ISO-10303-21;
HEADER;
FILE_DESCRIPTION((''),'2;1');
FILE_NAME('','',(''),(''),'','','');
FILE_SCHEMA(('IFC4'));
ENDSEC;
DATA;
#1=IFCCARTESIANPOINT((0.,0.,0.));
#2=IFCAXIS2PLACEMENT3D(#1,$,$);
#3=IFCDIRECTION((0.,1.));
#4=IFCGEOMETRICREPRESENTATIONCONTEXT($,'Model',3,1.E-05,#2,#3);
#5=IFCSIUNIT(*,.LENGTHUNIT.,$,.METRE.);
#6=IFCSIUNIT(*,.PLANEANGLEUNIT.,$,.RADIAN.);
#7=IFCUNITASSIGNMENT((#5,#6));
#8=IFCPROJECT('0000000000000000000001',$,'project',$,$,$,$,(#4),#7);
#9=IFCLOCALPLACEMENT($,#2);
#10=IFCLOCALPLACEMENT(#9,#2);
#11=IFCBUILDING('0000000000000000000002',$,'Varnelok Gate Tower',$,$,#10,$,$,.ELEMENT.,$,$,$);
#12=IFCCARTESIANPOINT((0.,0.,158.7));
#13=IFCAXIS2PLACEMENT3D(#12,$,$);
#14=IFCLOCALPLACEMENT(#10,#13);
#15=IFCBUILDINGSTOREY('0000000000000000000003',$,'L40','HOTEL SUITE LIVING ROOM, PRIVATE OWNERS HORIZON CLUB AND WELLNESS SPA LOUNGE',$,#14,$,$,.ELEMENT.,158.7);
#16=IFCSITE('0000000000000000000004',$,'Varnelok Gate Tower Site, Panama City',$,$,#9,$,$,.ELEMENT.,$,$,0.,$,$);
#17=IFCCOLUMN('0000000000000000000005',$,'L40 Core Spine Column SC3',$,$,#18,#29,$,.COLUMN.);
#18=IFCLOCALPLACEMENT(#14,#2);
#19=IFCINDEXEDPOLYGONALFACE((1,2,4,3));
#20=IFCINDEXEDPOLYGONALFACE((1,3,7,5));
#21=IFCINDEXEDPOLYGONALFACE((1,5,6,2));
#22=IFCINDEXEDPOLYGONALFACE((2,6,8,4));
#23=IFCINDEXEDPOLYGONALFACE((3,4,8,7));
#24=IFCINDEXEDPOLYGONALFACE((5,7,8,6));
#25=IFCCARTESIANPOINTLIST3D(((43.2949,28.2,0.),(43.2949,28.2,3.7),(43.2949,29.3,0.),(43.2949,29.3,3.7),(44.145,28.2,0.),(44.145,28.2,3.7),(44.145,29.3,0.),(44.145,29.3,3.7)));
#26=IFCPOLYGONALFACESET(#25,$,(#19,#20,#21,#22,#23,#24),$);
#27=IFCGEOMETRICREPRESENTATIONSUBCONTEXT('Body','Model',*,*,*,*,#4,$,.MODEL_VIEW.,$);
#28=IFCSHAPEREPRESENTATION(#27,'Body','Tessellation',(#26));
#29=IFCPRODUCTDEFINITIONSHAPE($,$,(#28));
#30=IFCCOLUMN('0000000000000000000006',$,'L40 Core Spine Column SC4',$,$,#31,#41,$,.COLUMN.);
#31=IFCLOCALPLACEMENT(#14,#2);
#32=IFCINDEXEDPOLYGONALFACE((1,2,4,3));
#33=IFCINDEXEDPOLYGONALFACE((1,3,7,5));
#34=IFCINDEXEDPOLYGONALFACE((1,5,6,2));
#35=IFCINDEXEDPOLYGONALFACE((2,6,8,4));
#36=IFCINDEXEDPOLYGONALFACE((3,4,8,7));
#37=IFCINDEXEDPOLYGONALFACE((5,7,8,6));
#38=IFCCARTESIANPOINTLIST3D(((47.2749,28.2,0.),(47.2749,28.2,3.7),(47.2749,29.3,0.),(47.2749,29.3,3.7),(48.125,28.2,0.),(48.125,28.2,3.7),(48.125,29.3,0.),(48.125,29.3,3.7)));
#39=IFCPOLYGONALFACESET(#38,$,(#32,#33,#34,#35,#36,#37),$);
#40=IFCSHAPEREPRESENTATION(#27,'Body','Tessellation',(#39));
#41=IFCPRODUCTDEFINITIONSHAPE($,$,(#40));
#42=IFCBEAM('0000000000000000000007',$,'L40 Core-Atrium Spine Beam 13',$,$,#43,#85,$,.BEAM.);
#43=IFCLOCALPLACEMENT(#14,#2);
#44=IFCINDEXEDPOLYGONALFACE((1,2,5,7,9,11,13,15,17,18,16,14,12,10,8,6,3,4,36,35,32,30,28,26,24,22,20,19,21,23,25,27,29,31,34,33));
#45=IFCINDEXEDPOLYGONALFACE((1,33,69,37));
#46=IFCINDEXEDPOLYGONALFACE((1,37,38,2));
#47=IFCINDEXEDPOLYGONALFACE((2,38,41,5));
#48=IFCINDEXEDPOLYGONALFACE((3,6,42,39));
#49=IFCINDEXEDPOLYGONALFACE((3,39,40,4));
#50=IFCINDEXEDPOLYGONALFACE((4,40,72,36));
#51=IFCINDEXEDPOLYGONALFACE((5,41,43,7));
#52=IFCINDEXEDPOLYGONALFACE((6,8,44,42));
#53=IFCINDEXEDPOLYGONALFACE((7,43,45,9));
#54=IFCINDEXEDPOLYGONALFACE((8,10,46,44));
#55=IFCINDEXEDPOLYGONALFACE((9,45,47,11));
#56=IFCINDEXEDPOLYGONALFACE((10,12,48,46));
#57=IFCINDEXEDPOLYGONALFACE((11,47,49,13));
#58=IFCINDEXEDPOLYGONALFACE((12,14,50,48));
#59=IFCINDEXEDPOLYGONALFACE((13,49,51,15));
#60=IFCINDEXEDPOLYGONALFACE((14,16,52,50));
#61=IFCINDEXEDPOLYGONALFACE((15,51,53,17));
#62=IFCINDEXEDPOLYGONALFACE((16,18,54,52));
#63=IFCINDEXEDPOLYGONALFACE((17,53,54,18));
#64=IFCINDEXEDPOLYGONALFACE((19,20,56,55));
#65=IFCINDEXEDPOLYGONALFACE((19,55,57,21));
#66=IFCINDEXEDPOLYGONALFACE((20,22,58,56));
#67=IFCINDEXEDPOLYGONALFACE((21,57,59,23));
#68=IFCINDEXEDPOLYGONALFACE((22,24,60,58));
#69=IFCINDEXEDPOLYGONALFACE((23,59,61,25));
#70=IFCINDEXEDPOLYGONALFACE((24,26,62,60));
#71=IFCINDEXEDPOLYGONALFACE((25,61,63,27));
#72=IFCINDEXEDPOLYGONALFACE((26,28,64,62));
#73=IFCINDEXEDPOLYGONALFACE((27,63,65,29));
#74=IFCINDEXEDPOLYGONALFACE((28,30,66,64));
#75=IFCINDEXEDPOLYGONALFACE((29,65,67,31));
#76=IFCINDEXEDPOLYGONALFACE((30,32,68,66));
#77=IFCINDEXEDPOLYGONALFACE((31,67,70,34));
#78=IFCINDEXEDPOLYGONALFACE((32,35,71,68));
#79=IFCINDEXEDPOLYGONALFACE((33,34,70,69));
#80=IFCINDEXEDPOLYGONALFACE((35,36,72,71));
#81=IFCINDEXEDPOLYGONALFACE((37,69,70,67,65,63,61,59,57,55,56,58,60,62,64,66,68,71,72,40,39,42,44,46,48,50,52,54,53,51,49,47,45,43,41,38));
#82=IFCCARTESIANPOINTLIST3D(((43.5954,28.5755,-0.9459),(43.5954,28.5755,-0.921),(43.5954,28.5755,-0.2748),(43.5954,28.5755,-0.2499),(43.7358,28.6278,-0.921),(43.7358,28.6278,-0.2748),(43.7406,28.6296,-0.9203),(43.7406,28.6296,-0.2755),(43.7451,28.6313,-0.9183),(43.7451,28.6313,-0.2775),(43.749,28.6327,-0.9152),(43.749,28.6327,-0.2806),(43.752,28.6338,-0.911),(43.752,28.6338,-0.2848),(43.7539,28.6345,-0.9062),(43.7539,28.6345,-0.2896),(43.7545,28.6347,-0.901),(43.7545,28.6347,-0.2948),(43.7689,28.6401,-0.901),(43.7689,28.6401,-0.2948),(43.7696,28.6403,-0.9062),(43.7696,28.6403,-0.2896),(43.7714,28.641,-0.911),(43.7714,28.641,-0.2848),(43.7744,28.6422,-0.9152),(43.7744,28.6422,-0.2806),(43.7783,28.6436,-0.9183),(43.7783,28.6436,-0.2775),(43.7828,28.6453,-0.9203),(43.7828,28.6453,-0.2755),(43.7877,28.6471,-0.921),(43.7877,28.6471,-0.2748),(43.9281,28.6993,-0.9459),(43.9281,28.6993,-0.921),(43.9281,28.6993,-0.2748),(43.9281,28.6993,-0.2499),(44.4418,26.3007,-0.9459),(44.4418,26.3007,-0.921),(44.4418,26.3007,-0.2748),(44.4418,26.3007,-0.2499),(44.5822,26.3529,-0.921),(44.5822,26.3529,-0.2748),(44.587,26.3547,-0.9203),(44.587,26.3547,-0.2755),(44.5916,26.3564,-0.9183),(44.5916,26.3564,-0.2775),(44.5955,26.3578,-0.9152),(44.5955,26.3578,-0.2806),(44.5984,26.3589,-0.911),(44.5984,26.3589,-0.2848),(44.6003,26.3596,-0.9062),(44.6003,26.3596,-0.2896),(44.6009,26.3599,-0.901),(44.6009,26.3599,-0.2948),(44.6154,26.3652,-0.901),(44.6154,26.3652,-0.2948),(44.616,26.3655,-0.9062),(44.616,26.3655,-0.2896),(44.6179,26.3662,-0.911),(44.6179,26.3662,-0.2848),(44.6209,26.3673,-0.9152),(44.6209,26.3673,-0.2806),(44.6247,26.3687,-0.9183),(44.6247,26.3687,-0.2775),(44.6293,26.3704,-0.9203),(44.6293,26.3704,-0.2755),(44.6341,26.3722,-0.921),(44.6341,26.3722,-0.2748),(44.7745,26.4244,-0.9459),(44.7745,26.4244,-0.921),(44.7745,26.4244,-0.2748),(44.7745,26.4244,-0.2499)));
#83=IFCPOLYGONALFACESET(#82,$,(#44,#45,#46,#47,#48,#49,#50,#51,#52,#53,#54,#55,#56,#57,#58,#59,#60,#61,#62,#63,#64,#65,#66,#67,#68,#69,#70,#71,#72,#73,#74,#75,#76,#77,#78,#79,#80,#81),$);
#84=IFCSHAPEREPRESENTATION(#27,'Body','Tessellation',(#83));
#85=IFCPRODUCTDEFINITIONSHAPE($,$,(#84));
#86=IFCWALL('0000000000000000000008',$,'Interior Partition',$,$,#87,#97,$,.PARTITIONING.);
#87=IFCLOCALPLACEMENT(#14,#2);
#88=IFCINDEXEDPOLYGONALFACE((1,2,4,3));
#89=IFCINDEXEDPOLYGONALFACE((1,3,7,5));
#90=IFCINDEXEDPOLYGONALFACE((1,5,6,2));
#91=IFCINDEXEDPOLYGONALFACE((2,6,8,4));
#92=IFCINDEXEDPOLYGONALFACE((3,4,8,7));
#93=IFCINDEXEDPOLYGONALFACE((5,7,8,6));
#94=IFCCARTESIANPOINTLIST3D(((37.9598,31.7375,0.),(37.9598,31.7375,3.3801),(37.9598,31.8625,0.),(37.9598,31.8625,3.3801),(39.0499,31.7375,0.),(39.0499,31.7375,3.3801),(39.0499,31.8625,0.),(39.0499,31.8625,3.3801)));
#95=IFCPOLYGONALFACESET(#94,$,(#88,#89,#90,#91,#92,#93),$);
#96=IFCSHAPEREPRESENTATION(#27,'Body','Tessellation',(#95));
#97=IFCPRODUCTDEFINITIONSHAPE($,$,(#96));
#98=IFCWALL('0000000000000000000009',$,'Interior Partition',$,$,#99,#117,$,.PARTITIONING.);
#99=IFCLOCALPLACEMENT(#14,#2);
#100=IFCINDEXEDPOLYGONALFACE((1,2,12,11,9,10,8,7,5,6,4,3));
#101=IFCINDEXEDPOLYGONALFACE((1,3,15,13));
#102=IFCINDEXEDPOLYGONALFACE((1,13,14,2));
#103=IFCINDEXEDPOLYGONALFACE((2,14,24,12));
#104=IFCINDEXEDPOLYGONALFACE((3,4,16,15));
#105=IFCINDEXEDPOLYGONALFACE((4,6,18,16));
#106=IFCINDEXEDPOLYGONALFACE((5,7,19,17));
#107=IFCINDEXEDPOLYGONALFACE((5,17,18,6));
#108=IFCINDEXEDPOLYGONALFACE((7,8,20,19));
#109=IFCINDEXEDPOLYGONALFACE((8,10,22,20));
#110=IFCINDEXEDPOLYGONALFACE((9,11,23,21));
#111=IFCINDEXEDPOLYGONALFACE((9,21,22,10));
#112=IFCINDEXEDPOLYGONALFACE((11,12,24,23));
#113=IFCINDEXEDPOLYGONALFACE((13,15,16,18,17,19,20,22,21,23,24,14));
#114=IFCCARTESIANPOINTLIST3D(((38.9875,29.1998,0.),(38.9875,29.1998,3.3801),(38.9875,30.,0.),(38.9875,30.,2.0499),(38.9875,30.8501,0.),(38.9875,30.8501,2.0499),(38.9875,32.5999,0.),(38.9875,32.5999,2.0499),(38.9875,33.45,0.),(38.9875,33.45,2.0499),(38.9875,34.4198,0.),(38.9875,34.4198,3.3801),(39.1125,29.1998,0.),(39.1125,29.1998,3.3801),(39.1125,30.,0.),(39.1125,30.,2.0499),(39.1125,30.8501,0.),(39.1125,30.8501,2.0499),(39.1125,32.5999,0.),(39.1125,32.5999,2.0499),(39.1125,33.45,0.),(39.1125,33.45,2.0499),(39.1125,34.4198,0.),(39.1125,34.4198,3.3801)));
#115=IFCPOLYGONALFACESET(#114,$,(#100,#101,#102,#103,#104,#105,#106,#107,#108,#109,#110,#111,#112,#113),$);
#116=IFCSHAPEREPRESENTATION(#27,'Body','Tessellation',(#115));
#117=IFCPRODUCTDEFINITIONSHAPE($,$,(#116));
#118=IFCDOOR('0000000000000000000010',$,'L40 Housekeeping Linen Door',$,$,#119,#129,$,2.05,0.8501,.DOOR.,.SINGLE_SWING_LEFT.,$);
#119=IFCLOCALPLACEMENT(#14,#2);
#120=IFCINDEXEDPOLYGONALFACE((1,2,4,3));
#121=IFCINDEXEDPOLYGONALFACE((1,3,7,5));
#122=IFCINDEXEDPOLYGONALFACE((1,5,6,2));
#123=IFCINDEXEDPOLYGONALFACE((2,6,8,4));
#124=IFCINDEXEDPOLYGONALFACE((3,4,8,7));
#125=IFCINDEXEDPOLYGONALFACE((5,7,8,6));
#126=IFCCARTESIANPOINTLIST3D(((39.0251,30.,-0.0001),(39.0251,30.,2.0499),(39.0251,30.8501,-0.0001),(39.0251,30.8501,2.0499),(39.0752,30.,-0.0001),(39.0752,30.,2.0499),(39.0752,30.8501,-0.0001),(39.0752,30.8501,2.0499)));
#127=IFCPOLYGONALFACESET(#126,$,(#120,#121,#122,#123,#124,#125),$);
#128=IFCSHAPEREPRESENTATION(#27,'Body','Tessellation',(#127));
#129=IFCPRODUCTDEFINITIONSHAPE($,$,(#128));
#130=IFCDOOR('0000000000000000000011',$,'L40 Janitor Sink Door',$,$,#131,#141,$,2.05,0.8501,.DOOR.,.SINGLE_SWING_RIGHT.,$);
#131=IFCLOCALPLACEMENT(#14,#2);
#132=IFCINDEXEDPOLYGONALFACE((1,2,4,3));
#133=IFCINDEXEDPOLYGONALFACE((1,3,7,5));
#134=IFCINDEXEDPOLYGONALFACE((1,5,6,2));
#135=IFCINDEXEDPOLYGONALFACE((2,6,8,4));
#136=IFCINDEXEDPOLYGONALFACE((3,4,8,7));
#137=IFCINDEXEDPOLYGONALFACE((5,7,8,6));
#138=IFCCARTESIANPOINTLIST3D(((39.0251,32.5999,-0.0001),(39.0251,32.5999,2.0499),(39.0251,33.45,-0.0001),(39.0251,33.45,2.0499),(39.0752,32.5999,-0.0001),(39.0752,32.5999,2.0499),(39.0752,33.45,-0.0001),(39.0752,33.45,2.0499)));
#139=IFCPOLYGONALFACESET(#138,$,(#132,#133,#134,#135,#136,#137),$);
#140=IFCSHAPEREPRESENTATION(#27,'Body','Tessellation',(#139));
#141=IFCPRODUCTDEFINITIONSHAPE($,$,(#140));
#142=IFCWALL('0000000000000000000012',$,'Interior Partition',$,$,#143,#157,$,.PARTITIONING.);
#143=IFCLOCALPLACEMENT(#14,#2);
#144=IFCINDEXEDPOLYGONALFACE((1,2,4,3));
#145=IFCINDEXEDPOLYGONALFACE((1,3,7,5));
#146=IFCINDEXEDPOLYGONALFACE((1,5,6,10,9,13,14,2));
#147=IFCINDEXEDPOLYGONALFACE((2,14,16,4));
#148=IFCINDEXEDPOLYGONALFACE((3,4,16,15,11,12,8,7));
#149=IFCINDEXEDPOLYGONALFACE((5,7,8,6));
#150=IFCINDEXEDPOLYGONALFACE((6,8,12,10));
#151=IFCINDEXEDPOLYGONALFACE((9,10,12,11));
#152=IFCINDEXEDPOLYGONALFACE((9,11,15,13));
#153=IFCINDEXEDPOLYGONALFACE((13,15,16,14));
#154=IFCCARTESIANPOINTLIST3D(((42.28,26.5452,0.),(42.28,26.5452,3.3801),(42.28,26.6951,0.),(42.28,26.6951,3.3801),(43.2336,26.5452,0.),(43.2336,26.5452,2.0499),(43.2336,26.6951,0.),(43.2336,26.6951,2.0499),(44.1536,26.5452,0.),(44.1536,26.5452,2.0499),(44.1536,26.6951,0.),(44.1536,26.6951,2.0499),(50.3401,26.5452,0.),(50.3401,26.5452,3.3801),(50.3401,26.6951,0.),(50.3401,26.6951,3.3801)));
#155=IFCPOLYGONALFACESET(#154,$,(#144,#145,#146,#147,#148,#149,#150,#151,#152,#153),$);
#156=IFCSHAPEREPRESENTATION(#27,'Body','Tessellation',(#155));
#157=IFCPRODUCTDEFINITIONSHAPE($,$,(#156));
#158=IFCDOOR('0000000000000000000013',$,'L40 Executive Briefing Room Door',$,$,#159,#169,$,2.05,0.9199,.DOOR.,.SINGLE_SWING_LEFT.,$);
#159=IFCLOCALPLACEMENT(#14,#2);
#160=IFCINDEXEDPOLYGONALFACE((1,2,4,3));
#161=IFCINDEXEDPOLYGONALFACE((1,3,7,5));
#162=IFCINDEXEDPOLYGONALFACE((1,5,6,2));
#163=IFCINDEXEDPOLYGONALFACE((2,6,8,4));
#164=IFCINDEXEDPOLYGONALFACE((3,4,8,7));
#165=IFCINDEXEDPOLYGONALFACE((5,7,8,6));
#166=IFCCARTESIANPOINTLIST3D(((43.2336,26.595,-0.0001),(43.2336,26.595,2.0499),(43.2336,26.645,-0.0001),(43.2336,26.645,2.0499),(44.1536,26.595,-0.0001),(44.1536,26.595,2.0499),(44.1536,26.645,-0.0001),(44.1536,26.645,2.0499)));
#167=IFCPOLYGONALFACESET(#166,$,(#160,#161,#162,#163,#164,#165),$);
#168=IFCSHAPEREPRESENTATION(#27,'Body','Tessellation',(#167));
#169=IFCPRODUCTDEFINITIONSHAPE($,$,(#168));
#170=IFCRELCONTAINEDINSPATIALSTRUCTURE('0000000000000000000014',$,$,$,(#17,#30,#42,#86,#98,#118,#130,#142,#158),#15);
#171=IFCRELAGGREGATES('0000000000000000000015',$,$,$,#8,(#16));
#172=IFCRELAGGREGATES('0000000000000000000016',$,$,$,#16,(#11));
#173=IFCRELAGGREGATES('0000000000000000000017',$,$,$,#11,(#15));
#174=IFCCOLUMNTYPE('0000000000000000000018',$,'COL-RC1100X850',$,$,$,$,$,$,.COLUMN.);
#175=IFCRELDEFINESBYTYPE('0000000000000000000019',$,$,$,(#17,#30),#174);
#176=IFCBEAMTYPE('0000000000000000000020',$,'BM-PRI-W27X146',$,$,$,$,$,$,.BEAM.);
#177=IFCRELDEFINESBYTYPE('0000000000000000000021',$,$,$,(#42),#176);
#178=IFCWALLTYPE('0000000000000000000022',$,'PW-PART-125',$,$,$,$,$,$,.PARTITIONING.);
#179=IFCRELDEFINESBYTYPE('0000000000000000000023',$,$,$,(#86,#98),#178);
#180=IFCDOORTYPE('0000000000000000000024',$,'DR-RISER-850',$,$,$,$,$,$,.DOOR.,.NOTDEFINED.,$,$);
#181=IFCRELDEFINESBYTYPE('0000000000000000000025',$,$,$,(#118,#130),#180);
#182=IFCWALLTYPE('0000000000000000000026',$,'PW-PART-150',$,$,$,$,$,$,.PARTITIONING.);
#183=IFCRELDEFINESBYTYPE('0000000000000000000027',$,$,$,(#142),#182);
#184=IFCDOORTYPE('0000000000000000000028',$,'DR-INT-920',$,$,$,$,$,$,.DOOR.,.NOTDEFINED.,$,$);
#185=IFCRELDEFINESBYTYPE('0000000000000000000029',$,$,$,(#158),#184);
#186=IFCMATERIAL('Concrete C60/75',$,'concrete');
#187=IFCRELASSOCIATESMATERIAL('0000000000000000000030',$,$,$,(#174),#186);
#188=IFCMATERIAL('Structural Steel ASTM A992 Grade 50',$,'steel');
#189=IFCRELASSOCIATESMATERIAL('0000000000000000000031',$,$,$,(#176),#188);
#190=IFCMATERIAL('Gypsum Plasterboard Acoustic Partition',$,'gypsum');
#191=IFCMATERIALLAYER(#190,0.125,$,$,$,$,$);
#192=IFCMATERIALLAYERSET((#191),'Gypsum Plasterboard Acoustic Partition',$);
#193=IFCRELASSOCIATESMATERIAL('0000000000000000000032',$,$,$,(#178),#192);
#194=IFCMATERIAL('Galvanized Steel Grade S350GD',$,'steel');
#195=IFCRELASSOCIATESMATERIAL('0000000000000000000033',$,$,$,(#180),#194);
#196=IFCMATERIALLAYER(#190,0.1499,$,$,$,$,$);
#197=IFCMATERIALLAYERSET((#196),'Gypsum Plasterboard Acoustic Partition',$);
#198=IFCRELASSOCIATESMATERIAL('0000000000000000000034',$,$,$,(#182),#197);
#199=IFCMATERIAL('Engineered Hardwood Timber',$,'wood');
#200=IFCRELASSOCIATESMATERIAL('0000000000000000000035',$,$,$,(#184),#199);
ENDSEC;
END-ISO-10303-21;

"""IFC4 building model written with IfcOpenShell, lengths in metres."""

from ifc_helpers import new_model, si_unit, direction, frame, frame_2d, origin, origin_2d, place, context, subcontext, project, spatial, rectangle, i_section, extrude, material, layer, layer_set, material_profile, profile_set, type_object, element, fill, save


model = new_model("IFC4")

# Units and contexts
model_context = context("Model", 3, precision=1e-05, world=origin(), true_north=direction((0.0, 1.0)))
body_context = subcontext(model_context, "Body", "Model", "MODEL_VIEW")
ifc_project = project(units=[si_unit("LENGTHUNIT", "METRE"), si_unit("PLANEANGLEUNIT", "RADIAN")], contexts=[model_context])

# Site, building, storey
site_placement = place(None, origin())
site = spatial("IfcSite", under=ifc_project, at=site_placement, Name="Varnelok Gate Tower Site, Panama City", CompositionType="ELEMENT", RefElevation=0.0)
building_placement = place(site_placement, origin())
building = spatial("IfcBuilding", under=site, at=building_placement, Name="Varnelok Gate Tower", CompositionType="ELEMENT")
storey_placement = place(building_placement, frame((0.0, 0.0, 158.7)))
storey = spatial("IfcBuildingStorey", under=building, at=storey_placement, Name="L40", Description="HOTEL SUITE LIVING ROOM, PRIVATE OWNERS HORIZON CLUB AND WELLNESS SPA LOUNGE", CompositionType="ELEMENT", Elevation=158.7)

# Columns
ifc_material_1 = material(Name="Concrete C60/75", Category="concrete")
ifc_material_profile_1 = material_profile(ifc_material_1, rectangle(XDim=0.8501, YDim=1.1001, at=origin_2d()), Name="RC1100X850")
ifc_profile_set_1 = profile_set([ifc_material_profile_1], Name="Concrete C60/75")
column_type = type_object("IfcColumnType", Name="COL-RC1100X850", PredefinedType="COLUMN", material=ifc_profile_set_1)
for number, where, z_axis, x_axis, name in (
    (1, (43.72, 28.75, 0.0), (0.0, 0.0, 1.0), (1.0, 0.0, 0.0), "L40 Core Spine Column SC3"),
    (2, (47.7, 28.75, 0.0), (0.0, 0.0, 1.0), (1.0, 0.0, 0.0), "L40 Core Spine Column SC4"),
):
    element("IfcColumn", number, at=place(storey_placement, frame(where, z_axis=z_axis, x_axis=x_axis)), inside=storey, type_object=column_type, Name=name, PredefinedType="COLUMN", context=body_context, shape_type="SweptSolid", body=[
        extrude(rectangle(XDim=0.8501, YDim=1.1001, at=origin_2d()), origin(), (0.0, 0.0, 1.0), 3.7),
    ])

# Beam
ifc_material_2 = material(Name="Structural Steel ASTM A992 Grade 50", Category="steel")
ifc_material_profile_2 = material_profile(ifc_material_2, i_section(OverallWidth=0.355, OverallDepth=0.696, WebThickness=0.0154, FlangeThickness=0.0249, FilletRadius=0.02, at=origin_2d()), Name="W27X146")
ifc_profile_set_2 = profile_set([ifc_material_profile_2], Name="Structural Steel ASTM A992 Grade 50")
beam_type = type_object("IfcBeamType", Name="BM-PRI-W27X146", PredefinedType="BEAM", material=ifc_profile_set_2)
beam_placement = place(storey_placement, frame((44.6082, 26.3625, -0.5979), z_axis=(-0.348719, 0.937227, 0.0), x_axis=(-0.937227, -0.348719, 0.0)))
element("IfcBeam", 3, at=beam_placement, inside=storey, type_object=beam_type, Name="L40 Core-Atrium Spine Beam 13", PredefinedType="BEAM", context=body_context, shape_type="SweptSolid", body=[
    extrude(i_section(OverallWidth=0.355, OverallDepth=0.696, WebThickness=0.0154, FlangeThickness=0.0249, FilletRadius=0.02, at=origin_2d()), origin(), (0.0, 0.0, 1.0), 2.4272),
])

# Wall
ifc_material_3 = material(Name="Gypsum Plasterboard Acoustic Partition", Category="gypsum")
ifc_layer_1 = layer(ifc_material_3, 0.125)
ifc_layer_set_1 = layer_set([ifc_layer_1], Name="Gypsum Plasterboard Acoustic Partition")
wall_type_1 = type_object("IfcWallType", Name="PW-PART-125", PredefinedType="PARTITIONING", material=ifc_layer_set_1)
wall_1_placement = place(storey_placement, frame((37.96, 31.8, 0.0), z_axis=(0.0, 0.0, 1.0), x_axis=(1.0, 0.0, 0.0)))
element("IfcWall", 4, at=wall_1_placement, inside=storey, type_object=wall_type_1, Name="Interior Partition", PredefinedType="PARTITIONING", context=body_context, shape_type="SweptSolid", body=[
    extrude(rectangle(XDim=1.0901, YDim=0.125, at=frame_2d((0.5449, 0.0))), origin(), (0.0, 0.0, 1.0), 3.3801),
])

# Wall, openings, doors
wall_2_placement = place(storey_placement, frame((39.05, 29.2, 0.0), z_axis=(0.0, 0.0, 1.0), x_axis=(0.0, 1.0, 0.0)))
wall_2 = element("IfcWall", 5, at=wall_2_placement, inside=storey, type_object=wall_type_1, Name="Interior Partition", PredefinedType="PARTITIONING", context=body_context, shape_type="SweptSolid", body=[
    extrude(rectangle(XDim=5.22, YDim=0.125, at=frame_2d((2.6099, 0.0))), origin(), (0.0, 0.0, 1.0), 3.3801),
])
opening_1_placement = place(wall_2_placement, frame((0.8, 0.0, 0.0)))
opening_1 = element("IfcOpeningElement", 6, at=opening_1_placement, cuts=wall_2, PredefinedType="OPENING", context=body_context, shape_type="SweptSolid", body=[
    extrude(rectangle(XDim=0.8501, YDim=2.05, at=frame_2d((0.425, 1.0249))), frame((0.0, 0.0725, 0.0), z_axis=(0.0, -1.0, 0.0), x_axis=(1.0, 0.0, 0.0)), (0.0, 0.0, 1.0), 0.145),
])
opening_2_placement = place(wall_2_placement, frame((3.3999, 0.0, 0.0)))
opening_2 = element("IfcOpeningElement", 7, at=opening_2_placement, cuts=wall_2, PredefinedType="OPENING", context=body_context, shape_type="SweptSolid", body=[
    extrude(rectangle(XDim=0.8501, YDim=2.05, at=frame_2d((0.425, 1.0249))), frame((0.0, 0.0725, 0.0), z_axis=(0.0, -1.0, 0.0), x_axis=(1.0, 0.0, 0.0)), (0.0, 0.0, 1.0), 0.145),
])
ifc_material_4 = material(Name="Galvanized Steel Grade S350GD", Category="steel")
door_type_1 = type_object("IfcDoorType", Name="DR-RISER-850", OperationType="NOTDEFINED", PredefinedType="DOOR", material=ifc_material_4)
door_1_placement = place(opening_1_placement, origin())
door_1 = element("IfcDoor", 8, at=door_1_placement, inside=storey, type_object=door_type_1, Name="L40 Housekeeping Linen Door", OperationType="SINGLE_SWING_LEFT", OverallHeight=2.05, OverallWidth=0.8501, PredefinedType="DOOR", context=body_context, shape_type="SweptSolid", body=[
    extrude(rectangle(XDim=0.8501, YDim=2.05, at=frame_2d((0.425, 1.0249))), frame((0.0, 0.0249, 0.0), z_axis=(0.0, -1.0, 0.0), x_axis=(1.0, 0.0, 0.0)), (0.0, 0.0, 1.0), 0.05),
])
fill(opening_1, door_1)
door_2_placement = place(opening_2_placement, origin())
door_2 = element("IfcDoor", 9, at=door_2_placement, inside=storey, type_object=door_type_1, Name="L40 Janitor Sink Door", OperationType="SINGLE_SWING_RIGHT", OverallHeight=2.05, OverallWidth=0.8501, PredefinedType="DOOR", context=body_context, shape_type="SweptSolid", body=[
    extrude(rectangle(XDim=0.8501, YDim=2.05, at=frame_2d((0.425, 1.0249))), frame((0.0, 0.0249, 0.0), z_axis=(0.0, -1.0, 0.0), x_axis=(1.0, 0.0, 0.0)), (0.0, 0.0, 1.0), 0.05),
])
fill(opening_2, door_2)

# Wall, opening, door
ifc_layer_2 = layer(ifc_material_3, 0.1499)
ifc_layer_set_2 = layer_set([ifc_layer_2], Name="Gypsum Plasterboard Acoustic Partition")
wall_type_2 = type_object("IfcWallType", Name="PW-PART-150", PredefinedType="PARTITIONING", material=ifc_layer_set_2)
wall_3_placement = place(storey_placement, frame((42.28, 26.6201, 0.0), z_axis=(0.0, 0.0, 1.0), x_axis=(1.0, 0.0, 0.0)))
wall_3 = element("IfcWall", 10, at=wall_3_placement, inside=storey, type_object=wall_type_2, Name="Interior Partition", PredefinedType="PARTITIONING", context=body_context, shape_type="SweptSolid", body=[
    extrude(rectangle(XDim=8.0601, YDim=0.1499, at=frame_2d((4.03, 0.0))), origin(), (0.0, 0.0, 1.0), 3.3801),
])
opening_3_placement = place(wall_3_placement, frame((0.9536, 0.0, 0.0)))
opening_3 = element("IfcOpeningElement", 11, at=opening_3_placement, cuts=wall_3, PredefinedType="OPENING", context=body_context, shape_type="SweptSolid", body=[
    extrude(rectangle(XDim=0.9199, YDim=2.05, at=frame_2d((0.46, 1.0249))), frame((0.0, 0.085, 0.0), z_axis=(0.0, -1.0, 0.0), x_axis=(1.0, 0.0, 0.0)), (0.0, 0.0, 1.0), 0.1699),
])
ifc_material_5 = material(Name="Engineered Hardwood Timber", Category="wood")
door_type_2 = type_object("IfcDoorType", Name="DR-INT-920", OperationType="NOTDEFINED", PredefinedType="DOOR", material=ifc_material_5)
door_3_placement = place(opening_3_placement, origin())
door_3 = element("IfcDoor", 12, at=door_3_placement, inside=storey, type_object=door_type_2, Name="L40 Executive Briefing Room Door", OperationType="SINGLE_SWING_LEFT", OverallHeight=2.05, OverallWidth=0.9199, PredefinedType="DOOR", context=body_context, shape_type="SweptSolid", body=[
    extrude(rectangle(XDim=0.9199, YDim=2.05, at=frame_2d((0.46, 1.0249))), frame((0.0, 0.0249, 0.0), z_axis=(0.0, -1.0, 0.0), x_axis=(1.0, 0.0, 0.0)), (0.0, 0.0, 1.0), 0.05),
])
fill(opening_3, door_3)

save(model, "model.ifc")
